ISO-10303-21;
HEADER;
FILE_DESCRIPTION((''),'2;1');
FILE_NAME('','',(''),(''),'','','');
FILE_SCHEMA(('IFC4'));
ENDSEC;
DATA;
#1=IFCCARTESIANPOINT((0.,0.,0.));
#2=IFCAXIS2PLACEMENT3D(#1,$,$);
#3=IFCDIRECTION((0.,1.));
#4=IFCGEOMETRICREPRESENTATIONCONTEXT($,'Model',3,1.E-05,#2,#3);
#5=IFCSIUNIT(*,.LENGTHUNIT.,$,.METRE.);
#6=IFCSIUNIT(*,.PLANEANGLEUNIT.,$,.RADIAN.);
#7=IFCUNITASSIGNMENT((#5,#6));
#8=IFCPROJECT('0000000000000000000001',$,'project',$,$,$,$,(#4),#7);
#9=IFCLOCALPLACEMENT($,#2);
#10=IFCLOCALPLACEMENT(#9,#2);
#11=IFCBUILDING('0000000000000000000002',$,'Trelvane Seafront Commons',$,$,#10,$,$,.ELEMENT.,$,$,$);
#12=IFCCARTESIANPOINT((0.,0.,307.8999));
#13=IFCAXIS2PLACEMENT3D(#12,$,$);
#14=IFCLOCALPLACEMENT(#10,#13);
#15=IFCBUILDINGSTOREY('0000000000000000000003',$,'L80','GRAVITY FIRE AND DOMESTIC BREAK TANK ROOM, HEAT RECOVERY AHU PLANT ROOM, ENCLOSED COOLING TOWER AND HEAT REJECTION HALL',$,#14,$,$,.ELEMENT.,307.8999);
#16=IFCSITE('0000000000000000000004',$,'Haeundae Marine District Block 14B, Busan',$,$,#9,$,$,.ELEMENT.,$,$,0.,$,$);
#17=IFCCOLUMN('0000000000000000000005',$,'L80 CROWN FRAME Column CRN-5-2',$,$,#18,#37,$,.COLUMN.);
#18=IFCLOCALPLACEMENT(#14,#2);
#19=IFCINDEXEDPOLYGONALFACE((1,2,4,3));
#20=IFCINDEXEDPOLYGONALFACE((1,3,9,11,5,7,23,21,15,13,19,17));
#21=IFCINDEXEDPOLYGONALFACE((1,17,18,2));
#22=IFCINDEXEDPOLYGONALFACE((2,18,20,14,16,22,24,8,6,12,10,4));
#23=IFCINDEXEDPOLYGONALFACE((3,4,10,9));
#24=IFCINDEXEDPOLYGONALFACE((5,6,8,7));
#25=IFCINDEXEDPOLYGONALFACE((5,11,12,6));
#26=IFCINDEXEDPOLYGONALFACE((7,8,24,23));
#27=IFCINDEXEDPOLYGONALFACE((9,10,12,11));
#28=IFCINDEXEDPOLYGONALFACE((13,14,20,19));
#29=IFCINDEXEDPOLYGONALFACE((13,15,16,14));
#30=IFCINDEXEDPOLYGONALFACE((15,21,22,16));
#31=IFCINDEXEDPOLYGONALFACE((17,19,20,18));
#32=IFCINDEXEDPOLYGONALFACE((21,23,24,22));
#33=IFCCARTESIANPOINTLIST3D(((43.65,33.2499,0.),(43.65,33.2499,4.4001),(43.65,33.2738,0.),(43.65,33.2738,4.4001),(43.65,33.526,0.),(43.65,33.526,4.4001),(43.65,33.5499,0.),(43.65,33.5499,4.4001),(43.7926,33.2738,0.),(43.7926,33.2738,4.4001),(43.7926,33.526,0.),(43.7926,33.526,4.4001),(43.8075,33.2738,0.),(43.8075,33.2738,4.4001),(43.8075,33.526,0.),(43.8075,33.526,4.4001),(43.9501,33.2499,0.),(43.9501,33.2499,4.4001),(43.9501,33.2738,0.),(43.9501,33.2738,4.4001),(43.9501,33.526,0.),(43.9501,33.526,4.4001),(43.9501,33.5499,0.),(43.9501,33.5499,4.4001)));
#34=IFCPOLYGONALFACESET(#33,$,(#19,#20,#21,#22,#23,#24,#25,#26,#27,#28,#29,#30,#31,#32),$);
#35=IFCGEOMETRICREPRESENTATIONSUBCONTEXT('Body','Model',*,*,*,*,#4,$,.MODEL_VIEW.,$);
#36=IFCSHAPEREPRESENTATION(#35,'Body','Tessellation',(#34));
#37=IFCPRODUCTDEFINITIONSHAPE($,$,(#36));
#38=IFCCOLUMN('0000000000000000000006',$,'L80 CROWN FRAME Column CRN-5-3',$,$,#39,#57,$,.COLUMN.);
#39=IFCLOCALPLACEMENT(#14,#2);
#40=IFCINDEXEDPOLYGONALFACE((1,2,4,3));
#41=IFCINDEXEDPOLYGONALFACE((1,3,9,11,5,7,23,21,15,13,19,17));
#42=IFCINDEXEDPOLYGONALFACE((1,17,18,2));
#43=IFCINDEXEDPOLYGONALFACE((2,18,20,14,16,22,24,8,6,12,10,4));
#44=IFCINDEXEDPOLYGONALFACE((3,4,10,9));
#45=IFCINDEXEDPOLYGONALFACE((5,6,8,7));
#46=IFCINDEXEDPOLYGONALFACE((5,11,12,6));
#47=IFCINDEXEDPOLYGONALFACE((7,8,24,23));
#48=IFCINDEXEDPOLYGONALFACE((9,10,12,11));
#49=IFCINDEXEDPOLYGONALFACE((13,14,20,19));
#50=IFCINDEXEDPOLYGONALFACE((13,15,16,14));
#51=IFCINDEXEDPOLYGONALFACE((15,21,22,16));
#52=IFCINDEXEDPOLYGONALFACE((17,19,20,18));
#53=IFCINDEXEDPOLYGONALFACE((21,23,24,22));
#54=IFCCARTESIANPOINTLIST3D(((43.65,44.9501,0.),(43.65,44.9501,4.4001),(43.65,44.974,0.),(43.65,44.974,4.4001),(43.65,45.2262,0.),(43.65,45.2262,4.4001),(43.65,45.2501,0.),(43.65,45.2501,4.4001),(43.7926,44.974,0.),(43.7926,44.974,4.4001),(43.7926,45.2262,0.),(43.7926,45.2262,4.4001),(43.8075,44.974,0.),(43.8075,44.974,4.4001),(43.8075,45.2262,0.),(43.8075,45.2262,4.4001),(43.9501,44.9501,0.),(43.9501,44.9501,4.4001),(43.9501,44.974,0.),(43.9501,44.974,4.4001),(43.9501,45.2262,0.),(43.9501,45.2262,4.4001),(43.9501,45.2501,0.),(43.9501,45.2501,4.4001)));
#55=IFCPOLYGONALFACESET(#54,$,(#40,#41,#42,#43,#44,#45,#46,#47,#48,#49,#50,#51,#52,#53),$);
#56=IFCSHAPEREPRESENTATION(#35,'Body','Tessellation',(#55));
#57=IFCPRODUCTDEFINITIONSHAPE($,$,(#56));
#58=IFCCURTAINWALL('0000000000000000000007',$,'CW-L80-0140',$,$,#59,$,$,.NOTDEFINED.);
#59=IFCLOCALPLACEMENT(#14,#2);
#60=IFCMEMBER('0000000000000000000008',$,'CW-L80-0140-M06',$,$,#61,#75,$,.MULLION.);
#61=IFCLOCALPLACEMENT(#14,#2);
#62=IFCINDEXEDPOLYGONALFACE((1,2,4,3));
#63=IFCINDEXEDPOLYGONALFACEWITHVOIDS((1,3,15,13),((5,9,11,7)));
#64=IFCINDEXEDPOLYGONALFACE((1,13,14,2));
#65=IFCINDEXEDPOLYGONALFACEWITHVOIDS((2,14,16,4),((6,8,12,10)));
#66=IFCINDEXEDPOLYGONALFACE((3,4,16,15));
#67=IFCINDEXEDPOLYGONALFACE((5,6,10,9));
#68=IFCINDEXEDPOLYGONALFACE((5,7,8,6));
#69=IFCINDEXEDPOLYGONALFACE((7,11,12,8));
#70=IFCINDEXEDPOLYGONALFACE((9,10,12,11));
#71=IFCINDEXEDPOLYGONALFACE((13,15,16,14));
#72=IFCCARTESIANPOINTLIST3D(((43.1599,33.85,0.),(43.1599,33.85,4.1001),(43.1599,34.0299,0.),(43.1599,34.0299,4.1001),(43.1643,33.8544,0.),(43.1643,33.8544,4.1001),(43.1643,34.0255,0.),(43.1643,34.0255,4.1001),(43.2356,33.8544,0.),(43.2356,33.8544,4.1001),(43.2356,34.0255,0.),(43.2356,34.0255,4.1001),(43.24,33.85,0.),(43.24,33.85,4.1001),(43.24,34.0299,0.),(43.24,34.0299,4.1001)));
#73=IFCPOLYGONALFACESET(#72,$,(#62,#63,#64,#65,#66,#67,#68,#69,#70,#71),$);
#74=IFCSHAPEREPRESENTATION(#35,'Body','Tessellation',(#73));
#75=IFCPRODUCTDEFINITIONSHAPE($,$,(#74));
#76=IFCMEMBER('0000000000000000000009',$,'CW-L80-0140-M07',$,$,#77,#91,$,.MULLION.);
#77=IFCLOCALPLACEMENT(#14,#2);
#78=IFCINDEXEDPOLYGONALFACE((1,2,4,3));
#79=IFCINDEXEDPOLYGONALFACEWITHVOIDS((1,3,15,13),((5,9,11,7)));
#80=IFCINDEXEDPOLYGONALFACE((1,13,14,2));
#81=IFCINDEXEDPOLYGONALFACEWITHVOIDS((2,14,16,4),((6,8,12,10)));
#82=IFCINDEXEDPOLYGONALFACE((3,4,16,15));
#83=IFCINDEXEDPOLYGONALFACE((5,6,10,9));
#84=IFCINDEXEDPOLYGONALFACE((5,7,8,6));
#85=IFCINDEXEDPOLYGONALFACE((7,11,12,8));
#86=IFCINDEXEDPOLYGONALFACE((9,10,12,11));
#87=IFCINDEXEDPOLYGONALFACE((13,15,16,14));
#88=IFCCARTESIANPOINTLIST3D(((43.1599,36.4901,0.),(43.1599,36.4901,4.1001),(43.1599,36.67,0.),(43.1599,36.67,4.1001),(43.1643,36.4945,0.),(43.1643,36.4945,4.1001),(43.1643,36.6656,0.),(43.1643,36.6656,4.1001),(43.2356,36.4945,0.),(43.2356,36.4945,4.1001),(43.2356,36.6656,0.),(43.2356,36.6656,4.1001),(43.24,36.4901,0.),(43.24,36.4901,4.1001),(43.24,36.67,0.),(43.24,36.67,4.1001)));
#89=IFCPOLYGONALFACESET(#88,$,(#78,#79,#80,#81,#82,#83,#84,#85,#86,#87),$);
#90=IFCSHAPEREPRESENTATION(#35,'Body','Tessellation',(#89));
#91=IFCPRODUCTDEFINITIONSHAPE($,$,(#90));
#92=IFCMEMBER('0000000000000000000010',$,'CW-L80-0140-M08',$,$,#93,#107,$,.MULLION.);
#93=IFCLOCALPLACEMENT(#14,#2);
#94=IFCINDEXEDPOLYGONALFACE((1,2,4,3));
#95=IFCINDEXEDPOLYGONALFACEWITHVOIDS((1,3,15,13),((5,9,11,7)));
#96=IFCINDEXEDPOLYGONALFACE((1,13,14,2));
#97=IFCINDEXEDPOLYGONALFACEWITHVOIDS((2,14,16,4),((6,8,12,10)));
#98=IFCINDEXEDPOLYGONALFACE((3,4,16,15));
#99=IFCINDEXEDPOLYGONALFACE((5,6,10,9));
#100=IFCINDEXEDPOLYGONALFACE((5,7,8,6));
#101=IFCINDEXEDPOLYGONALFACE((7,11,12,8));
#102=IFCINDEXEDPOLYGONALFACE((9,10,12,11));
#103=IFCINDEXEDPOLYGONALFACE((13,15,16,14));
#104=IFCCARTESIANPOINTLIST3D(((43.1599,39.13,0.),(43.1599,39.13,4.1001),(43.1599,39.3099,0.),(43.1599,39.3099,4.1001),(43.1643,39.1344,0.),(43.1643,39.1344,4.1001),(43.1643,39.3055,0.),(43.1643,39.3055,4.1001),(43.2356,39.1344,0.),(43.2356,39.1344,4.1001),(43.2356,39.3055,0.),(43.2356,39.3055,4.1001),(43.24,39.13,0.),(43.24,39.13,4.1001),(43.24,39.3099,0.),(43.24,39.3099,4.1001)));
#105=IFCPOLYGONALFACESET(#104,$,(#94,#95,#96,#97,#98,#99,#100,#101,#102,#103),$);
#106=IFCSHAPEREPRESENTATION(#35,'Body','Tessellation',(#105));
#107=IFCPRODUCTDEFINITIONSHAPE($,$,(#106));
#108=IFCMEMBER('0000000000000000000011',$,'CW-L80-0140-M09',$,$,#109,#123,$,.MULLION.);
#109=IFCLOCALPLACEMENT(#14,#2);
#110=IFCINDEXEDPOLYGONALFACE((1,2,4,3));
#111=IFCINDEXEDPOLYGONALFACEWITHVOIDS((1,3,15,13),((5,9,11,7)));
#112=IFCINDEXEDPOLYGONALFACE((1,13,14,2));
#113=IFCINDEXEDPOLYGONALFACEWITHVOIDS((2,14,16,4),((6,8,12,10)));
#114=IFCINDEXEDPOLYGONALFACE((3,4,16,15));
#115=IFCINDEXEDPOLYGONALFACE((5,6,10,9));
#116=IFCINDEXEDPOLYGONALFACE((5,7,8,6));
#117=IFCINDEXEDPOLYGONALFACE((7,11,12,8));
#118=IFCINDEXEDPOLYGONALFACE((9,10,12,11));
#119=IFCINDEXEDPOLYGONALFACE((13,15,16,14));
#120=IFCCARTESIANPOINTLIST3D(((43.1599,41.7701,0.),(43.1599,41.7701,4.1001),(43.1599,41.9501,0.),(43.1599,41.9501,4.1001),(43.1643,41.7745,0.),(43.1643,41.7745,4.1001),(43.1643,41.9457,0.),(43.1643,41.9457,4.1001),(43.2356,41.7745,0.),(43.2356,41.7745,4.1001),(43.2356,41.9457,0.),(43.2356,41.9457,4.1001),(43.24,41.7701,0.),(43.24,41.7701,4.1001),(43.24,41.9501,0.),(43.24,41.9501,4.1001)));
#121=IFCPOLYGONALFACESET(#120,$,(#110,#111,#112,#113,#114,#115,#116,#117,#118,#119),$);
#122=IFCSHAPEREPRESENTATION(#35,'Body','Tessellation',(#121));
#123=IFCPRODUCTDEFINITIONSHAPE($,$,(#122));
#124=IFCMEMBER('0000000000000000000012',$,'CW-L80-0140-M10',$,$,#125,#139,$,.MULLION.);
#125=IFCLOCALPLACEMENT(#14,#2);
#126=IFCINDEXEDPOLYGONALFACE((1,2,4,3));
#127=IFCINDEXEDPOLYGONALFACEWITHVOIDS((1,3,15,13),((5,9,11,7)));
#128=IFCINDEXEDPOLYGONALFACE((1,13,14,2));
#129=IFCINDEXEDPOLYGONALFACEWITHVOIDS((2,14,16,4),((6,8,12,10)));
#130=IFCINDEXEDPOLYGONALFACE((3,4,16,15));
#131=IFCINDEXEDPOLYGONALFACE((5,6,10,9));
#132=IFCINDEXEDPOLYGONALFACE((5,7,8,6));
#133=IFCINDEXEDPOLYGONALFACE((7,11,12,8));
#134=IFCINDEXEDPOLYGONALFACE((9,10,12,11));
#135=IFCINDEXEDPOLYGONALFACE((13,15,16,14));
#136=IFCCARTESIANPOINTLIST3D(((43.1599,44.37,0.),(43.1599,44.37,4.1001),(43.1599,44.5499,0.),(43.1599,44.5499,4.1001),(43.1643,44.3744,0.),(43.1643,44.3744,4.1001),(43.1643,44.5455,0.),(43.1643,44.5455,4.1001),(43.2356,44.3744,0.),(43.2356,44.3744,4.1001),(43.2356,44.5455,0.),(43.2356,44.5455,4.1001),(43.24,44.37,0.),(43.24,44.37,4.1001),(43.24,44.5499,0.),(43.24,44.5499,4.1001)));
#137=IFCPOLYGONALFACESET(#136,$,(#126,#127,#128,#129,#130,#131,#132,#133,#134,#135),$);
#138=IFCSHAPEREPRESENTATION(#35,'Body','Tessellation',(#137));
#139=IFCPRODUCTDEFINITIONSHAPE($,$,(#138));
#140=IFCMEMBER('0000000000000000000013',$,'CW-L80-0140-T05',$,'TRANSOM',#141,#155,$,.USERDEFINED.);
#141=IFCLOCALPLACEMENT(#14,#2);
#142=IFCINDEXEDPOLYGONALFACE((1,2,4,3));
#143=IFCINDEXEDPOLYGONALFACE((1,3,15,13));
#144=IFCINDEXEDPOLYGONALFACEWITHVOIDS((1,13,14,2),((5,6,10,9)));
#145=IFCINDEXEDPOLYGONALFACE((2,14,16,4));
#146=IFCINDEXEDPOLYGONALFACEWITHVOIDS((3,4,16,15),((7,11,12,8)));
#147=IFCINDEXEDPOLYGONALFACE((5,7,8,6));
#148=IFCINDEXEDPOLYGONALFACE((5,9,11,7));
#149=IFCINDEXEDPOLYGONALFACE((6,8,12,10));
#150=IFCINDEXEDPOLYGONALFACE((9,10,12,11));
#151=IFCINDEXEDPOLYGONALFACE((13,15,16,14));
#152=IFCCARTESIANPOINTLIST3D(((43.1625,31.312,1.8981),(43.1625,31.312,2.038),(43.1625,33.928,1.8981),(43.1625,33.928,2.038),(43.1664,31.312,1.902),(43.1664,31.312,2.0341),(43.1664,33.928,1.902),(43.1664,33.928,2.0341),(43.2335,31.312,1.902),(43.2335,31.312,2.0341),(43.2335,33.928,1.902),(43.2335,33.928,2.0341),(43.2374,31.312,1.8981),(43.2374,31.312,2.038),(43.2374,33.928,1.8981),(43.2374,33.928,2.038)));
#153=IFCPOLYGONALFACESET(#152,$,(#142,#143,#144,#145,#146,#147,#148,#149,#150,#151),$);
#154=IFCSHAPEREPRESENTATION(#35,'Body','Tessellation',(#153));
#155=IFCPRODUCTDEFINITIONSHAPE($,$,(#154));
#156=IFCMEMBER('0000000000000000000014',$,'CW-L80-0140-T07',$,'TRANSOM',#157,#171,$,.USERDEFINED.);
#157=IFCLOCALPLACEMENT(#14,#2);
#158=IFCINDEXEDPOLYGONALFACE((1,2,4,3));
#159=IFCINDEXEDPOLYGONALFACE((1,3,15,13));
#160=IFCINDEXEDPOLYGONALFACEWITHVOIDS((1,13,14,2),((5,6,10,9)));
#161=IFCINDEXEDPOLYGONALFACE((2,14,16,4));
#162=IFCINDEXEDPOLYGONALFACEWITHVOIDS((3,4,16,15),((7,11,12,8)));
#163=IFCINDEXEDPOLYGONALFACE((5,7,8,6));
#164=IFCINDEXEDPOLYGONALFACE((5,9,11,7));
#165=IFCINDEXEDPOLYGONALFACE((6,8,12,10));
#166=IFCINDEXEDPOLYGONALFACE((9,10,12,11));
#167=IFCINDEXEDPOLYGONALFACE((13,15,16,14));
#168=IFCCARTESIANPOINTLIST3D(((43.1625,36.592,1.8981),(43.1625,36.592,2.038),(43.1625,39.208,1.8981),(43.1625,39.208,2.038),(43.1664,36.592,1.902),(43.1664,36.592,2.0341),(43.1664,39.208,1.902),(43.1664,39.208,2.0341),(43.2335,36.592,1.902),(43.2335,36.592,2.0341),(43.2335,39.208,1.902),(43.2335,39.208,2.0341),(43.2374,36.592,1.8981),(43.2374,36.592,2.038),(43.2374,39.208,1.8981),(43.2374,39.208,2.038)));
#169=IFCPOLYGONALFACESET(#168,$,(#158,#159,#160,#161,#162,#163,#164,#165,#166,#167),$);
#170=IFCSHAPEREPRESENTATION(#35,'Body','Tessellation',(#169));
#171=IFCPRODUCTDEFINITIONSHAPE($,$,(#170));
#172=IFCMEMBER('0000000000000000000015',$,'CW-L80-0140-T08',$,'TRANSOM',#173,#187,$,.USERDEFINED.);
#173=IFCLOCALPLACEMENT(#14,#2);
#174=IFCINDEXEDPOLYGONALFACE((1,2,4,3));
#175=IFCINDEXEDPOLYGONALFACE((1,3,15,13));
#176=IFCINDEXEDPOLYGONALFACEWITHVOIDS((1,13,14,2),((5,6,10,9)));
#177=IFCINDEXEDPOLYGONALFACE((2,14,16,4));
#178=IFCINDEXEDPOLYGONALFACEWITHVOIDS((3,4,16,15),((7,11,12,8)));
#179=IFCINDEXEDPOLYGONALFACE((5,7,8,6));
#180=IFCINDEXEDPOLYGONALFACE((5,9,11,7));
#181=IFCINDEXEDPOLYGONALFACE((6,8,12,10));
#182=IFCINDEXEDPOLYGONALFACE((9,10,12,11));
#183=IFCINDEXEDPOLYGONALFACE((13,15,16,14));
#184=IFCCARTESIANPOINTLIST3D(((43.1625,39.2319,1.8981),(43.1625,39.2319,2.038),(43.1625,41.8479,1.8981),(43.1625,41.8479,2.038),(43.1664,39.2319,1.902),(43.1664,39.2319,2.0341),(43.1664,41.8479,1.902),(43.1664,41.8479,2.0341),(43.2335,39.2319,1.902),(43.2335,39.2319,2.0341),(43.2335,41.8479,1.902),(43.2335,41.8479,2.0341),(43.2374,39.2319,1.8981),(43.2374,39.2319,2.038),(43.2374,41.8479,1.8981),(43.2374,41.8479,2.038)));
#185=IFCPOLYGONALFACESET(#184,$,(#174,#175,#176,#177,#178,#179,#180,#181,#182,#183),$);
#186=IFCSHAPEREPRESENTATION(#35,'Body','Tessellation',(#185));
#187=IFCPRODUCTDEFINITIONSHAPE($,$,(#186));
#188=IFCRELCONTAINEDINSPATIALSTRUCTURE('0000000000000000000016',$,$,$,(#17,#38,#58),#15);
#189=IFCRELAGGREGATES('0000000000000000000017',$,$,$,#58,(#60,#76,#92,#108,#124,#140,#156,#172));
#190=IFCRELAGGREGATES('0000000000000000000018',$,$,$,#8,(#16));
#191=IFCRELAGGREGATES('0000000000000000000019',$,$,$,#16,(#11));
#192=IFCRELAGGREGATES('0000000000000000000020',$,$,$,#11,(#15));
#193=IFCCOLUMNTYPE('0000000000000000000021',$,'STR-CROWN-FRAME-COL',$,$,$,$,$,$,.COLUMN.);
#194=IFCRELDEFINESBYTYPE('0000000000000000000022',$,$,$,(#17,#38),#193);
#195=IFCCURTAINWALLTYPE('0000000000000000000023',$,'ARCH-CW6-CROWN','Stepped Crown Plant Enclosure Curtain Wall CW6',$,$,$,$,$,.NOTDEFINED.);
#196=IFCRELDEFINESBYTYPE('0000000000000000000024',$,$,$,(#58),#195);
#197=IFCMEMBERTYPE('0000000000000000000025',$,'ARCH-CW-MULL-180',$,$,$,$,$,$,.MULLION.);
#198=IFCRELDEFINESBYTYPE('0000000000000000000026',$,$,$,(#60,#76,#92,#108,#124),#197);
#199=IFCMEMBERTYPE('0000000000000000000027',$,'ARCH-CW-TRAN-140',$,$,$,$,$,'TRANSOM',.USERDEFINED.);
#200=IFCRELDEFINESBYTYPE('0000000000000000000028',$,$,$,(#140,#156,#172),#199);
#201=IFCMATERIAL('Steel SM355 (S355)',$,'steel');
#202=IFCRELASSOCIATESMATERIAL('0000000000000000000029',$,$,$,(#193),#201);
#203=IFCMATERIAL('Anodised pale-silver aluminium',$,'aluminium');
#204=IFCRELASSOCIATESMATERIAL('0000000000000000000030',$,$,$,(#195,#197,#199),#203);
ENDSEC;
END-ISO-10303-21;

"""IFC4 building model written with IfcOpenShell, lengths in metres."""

from ifc_helpers import new_model, si_unit, direction, frame, origin, origin_2d, place, context, subcontext, project, spatial, hollow_rectangle, i_section, extrude, source, transform, mapped, material, material_profile, profile_set, type_object, element, aggregate, save


model = new_model("IFC4")

# Units and contexts
model_context = context("Model", 3, precision=1e-05, world=origin(), true_north=direction((0.0, 1.0)))
body_context = subcontext(model_context, "Body", "Model", "MODEL_VIEW")
ifc_project = project(units=[si_unit("LENGTHUNIT", "METRE"), si_unit("PLANEANGLEUNIT", "RADIAN")], contexts=[model_context])

# Site, building, storey
site_placement = place(None, origin())
site = spatial("IfcSite", under=ifc_project, at=site_placement, Name="Haeundae Marine District Block 14B, Busan", CompositionType="ELEMENT", RefElevation=0.0)
building_placement = place(site_placement, origin())
building = spatial("IfcBuilding", under=site, at=building_placement, Name="Trelvane Seafront Commons", CompositionType="ELEMENT")
storey_placement = place(building_placement, frame((0.0, 0.0, 307.8999)))
storey = spatial("IfcBuildingStorey", under=building, at=storey_placement, Name="L80", Description="GRAVITY FIRE AND DOMESTIC BREAK TANK ROOM, HEAT RECOVERY AHU PLANT ROOM, ENCLOSED COOLING TOWER AND HEAT REJECTION HALL", CompositionType="ELEMENT", Elevation=307.8999)

# Columns
ifc_material_1 = material(Name="Steel SM355 (S355)", Category="steel")
ifc_material_profile_1 = material_profile(ifc_material_1, i_section(OverallWidth=0.3, OverallDepth=0.3, WebThickness=0.0149, FlangeThickness=0.0239, at=origin_2d()), Name="HD-300x300x15x24")
ifc_profile_set_1 = profile_set([ifc_material_profile_1], Name="Steel SM355 (S355)")
column_type = type_object("IfcColumnType", Name="STR-CROWN-FRAME-COL", PredefinedType="COLUMN", material=ifc_profile_set_1)
shared_shape_1 = source(origin(), body_context, "Body", "SweptSolid", [
    extrude(i_section(OverallWidth=0.3, OverallDepth=0.3, WebThickness=0.0149, FlangeThickness=0.0239, at=origin_2d()), origin(), (0.0, 0.0, 1.0), 4.4001),
])
for number, where, z_axis, x_axis, name in (
    (1, (43.8, 33.3999, 0.0), (0.0, 0.0, 1.0), (1.0, 0.0, 0.0), "L80 CROWN FRAME Column CRN-5-2"),
    (2, (43.8, 45.1001, 0.0), (0.0, 0.0, 1.0), (1.0, 0.0, 0.0), "L80 CROWN FRAME Column CRN-5-3"),
):
    element("IfcColumn", number, at=place(storey_placement, frame(where, z_axis=z_axis, x_axis=x_axis)), inside=storey, type_object=column_type, Name=name, PredefinedType="COLUMN", context=body_context, shape_type="MappedRepresentation", body=[
        mapped(shared_shape_1, transform((0.0, 0.0, 0.0), x_axis=(1.0, 0.0, 0.0), y_axis=(0.0, 1.0, 0.0), z_axis=(0.0, 0.0, 1.0), scale=1.0)),
    ])

# Curtain wall, members
ifc_material_2 = material(Name="Anodised pale-silver aluminium", Category="aluminium")
curtain_wall_type = type_object("IfcCurtainWallType", Name="ARCH-CW6-CROWN", Description="Stepped Crown Plant Enclosure Curtain Wall CW6", PredefinedType="NOTDEFINED", material=ifc_material_2)
curtain_wall_placement = place(storey_placement, origin())
curtain_wall = element("IfcCurtainWall", 3, at=curtain_wall_placement, inside=storey, type_object=curtain_wall_type, Name="CW-L80-0140", PredefinedType="NOTDEFINED")
ifc_material_profile_2 = material_profile(ifc_material_2, hollow_rectangle(XDim=0.0801, YDim=0.1799, WallThickness=0.0044, at=origin_2d()), Name="MULL-80x180x4.5")
ifc_profile_set_2 = profile_set([ifc_material_profile_2], Name="Anodised pale-silver aluminium")
member_type_1 = type_object("IfcMemberType", Name="ARCH-CW-MULL-180", PredefinedType="MULLION", material=ifc_profile_set_2)
shared_shape_2 = source(origin(), body_context, "Body", "SweptSolid", [
    extrude(hollow_rectangle(XDim=0.0801, YDim=0.1799, WallThickness=0.0044, at=origin_2d()), origin(), (0.0, 0.0, 1.0), 4.1001),
])
member_1_placement = place(storey_placement, frame((43.2, 33.9399, 0.0), z_axis=(0.0, 0.0, 1.0), x_axis=(1.0, 0.0, 0.0)))
member_1 = element("IfcMember", 4, at=member_1_placement, type_object=member_type_1, Name="CW-L80-0140-M06", PredefinedType="MULLION", context=body_context, shape_type="MappedRepresentation", body=[
    mapped(shared_shape_2, transform((0.0, 0.0, 0.0), x_axis=(1.0, 0.0, 0.0), y_axis=(0.0, 1.0, 0.0), z_axis=(0.0, 0.0, 1.0), scale=1.0)),
])
member_2_placement = place(storey_placement, frame((43.2, 36.5801, 0.0), z_axis=(0.0, 0.0, 1.0), x_axis=(1.0, 0.0, 0.0)))
member_2 = element("IfcMember", 5, at=member_2_placement, type_object=member_type_1, Name="CW-L80-0140-M07", PredefinedType="MULLION", context=body_context, shape_type="MappedRepresentation", body=[
    mapped(shared_shape_2, transform((0.0, 0.0, 0.0), x_axis=(1.0, 0.0, 0.0), y_axis=(0.0, 1.0, 0.0), z_axis=(0.0, 0.0, 1.0), scale=1.0)),
])
member_3_placement = place(storey_placement, frame((43.2, 39.22, 0.0), z_axis=(0.0, 0.0, 1.0), x_axis=(1.0, 0.0, 0.0)))
member_3 = element("IfcMember", 6, at=member_3_placement, type_object=member_type_1, Name="CW-L80-0140-M08", PredefinedType="MULLION", context=body_context, shape_type="MappedRepresentation", body=[
    mapped(shared_shape_2, transform((0.0, 0.0, 0.0), x_axis=(1.0, 0.0, 0.0), y_axis=(0.0, 1.0, 0.0), z_axis=(0.0, 0.0, 1.0), scale=1.0)),
])
member_4_placement = place(storey_placement, frame((43.2, 41.8601, 0.0), z_axis=(0.0, 0.0, 1.0), x_axis=(1.0, 0.0, 0.0)))
member_4 = element("IfcMember", 7, at=member_4_placement, type_object=member_type_1, Name="CW-L80-0140-M09", PredefinedType="MULLION", context=body_context, shape_type="MappedRepresentation", body=[
    mapped(shared_shape_2, transform((0.0, 0.0, 0.0), x_axis=(1.0, 0.0, 0.0), y_axis=(0.0, 1.0, 0.0), z_axis=(0.0, 0.0, 1.0), scale=1.0)),
])
member_5_placement = place(storey_placement, frame((43.2, 44.46, 0.0), z_axis=(0.0, 0.0, 1.0), x_axis=(1.0, 0.0, 0.0)))
member_5 = element("IfcMember", 8, at=member_5_placement, type_object=member_type_1, Name="CW-L80-0140-M10", PredefinedType="MULLION", context=body_context, shape_type="MappedRepresentation", body=[
    mapped(shared_shape_2, transform((0.0, 0.0, 0.0), x_axis=(1.0, 0.0, 0.0), y_axis=(0.0, 1.0, 0.0), z_axis=(0.0, 0.0, 1.0), scale=1.0)),
])
ifc_material_profile_3 = material_profile(ifc_material_2, hollow_rectangle(XDim=0.075, YDim=0.1399, WallThickness=0.0039, at=origin_2d()), Name="TRAN-75x140x4")
ifc_profile_set_3 = profile_set([ifc_material_profile_3], Name="Anodised pale-silver aluminium")
member_type_2 = type_object("IfcMemberType", Name="ARCH-CW-TRAN-140", ElementType="TRANSOM", PredefinedType="USERDEFINED", material=ifc_profile_set_3)
shared_shape_3 = source(origin(), body_context, "Body", "SweptSolid", [
    extrude(hollow_rectangle(XDim=0.075, YDim=0.1399, WallThickness=0.0039, at=origin_2d()), origin(), (0.0, 0.0, 1.0), 2.616),
])
member_6_placement = place(storey_placement, frame((43.2, 31.312, 1.968), z_axis=(0.0, 1.0, 0.0), x_axis=(-1.0, 0.0, 0.0)))
member_6 = element("IfcMember", 9, at=member_6_placement, type_object=member_type_2, Name="CW-L80-0140-T05", ObjectType="TRANSOM", PredefinedType="USERDEFINED", context=body_context, shape_type="MappedRepresentation", body=[
    mapped(shared_shape_3, transform((0.0, 0.0, 0.0), x_axis=(1.0, 0.0, 0.0), y_axis=(0.0, 1.0, 0.0), z_axis=(0.0, 0.0, 1.0), scale=1.0)),
])
member_7_placement = place(storey_placement, frame((43.2, 36.592, 1.968), z_axis=(0.0, 1.0, 0.0), x_axis=(-1.0, 0.0, 0.0)))
member_7 = element("IfcMember", 10, at=member_7_placement, type_object=member_type_2, Name="CW-L80-0140-T07", ObjectType="TRANSOM", PredefinedType="USERDEFINED", context=body_context, shape_type="MappedRepresentation", body=[
    mapped(shared_shape_3, transform((0.0, 0.0, 0.0), x_axis=(1.0, 0.0, 0.0), y_axis=(0.0, 1.0, 0.0), z_axis=(0.0, 0.0, 1.0), scale=1.0)),
])
member_8_placement = place(storey_placement, frame((43.2, 39.2319, 1.968), z_axis=(0.0, 1.0, 0.0), x_axis=(-1.0, 0.0, 0.0)))
member_8 = element("IfcMember", 11, at=member_8_placement, type_object=member_type_2, Name="CW-L80-0140-T08", ObjectType="TRANSOM", PredefinedType="USERDEFINED", context=body_context, shape_type="MappedRepresentation", body=[
    mapped(shared_shape_3, transform((0.0, 0.0, 0.0), x_axis=(1.0, 0.0, 0.0), y_axis=(0.0, 1.0, 0.0), z_axis=(0.0, 0.0, 1.0), scale=1.0)),
])
aggregate(curtain_wall, [member_1, member_2, member_3, member_4, member_5, member_6, member_7, member_8])

save(model, "model.ifc")
